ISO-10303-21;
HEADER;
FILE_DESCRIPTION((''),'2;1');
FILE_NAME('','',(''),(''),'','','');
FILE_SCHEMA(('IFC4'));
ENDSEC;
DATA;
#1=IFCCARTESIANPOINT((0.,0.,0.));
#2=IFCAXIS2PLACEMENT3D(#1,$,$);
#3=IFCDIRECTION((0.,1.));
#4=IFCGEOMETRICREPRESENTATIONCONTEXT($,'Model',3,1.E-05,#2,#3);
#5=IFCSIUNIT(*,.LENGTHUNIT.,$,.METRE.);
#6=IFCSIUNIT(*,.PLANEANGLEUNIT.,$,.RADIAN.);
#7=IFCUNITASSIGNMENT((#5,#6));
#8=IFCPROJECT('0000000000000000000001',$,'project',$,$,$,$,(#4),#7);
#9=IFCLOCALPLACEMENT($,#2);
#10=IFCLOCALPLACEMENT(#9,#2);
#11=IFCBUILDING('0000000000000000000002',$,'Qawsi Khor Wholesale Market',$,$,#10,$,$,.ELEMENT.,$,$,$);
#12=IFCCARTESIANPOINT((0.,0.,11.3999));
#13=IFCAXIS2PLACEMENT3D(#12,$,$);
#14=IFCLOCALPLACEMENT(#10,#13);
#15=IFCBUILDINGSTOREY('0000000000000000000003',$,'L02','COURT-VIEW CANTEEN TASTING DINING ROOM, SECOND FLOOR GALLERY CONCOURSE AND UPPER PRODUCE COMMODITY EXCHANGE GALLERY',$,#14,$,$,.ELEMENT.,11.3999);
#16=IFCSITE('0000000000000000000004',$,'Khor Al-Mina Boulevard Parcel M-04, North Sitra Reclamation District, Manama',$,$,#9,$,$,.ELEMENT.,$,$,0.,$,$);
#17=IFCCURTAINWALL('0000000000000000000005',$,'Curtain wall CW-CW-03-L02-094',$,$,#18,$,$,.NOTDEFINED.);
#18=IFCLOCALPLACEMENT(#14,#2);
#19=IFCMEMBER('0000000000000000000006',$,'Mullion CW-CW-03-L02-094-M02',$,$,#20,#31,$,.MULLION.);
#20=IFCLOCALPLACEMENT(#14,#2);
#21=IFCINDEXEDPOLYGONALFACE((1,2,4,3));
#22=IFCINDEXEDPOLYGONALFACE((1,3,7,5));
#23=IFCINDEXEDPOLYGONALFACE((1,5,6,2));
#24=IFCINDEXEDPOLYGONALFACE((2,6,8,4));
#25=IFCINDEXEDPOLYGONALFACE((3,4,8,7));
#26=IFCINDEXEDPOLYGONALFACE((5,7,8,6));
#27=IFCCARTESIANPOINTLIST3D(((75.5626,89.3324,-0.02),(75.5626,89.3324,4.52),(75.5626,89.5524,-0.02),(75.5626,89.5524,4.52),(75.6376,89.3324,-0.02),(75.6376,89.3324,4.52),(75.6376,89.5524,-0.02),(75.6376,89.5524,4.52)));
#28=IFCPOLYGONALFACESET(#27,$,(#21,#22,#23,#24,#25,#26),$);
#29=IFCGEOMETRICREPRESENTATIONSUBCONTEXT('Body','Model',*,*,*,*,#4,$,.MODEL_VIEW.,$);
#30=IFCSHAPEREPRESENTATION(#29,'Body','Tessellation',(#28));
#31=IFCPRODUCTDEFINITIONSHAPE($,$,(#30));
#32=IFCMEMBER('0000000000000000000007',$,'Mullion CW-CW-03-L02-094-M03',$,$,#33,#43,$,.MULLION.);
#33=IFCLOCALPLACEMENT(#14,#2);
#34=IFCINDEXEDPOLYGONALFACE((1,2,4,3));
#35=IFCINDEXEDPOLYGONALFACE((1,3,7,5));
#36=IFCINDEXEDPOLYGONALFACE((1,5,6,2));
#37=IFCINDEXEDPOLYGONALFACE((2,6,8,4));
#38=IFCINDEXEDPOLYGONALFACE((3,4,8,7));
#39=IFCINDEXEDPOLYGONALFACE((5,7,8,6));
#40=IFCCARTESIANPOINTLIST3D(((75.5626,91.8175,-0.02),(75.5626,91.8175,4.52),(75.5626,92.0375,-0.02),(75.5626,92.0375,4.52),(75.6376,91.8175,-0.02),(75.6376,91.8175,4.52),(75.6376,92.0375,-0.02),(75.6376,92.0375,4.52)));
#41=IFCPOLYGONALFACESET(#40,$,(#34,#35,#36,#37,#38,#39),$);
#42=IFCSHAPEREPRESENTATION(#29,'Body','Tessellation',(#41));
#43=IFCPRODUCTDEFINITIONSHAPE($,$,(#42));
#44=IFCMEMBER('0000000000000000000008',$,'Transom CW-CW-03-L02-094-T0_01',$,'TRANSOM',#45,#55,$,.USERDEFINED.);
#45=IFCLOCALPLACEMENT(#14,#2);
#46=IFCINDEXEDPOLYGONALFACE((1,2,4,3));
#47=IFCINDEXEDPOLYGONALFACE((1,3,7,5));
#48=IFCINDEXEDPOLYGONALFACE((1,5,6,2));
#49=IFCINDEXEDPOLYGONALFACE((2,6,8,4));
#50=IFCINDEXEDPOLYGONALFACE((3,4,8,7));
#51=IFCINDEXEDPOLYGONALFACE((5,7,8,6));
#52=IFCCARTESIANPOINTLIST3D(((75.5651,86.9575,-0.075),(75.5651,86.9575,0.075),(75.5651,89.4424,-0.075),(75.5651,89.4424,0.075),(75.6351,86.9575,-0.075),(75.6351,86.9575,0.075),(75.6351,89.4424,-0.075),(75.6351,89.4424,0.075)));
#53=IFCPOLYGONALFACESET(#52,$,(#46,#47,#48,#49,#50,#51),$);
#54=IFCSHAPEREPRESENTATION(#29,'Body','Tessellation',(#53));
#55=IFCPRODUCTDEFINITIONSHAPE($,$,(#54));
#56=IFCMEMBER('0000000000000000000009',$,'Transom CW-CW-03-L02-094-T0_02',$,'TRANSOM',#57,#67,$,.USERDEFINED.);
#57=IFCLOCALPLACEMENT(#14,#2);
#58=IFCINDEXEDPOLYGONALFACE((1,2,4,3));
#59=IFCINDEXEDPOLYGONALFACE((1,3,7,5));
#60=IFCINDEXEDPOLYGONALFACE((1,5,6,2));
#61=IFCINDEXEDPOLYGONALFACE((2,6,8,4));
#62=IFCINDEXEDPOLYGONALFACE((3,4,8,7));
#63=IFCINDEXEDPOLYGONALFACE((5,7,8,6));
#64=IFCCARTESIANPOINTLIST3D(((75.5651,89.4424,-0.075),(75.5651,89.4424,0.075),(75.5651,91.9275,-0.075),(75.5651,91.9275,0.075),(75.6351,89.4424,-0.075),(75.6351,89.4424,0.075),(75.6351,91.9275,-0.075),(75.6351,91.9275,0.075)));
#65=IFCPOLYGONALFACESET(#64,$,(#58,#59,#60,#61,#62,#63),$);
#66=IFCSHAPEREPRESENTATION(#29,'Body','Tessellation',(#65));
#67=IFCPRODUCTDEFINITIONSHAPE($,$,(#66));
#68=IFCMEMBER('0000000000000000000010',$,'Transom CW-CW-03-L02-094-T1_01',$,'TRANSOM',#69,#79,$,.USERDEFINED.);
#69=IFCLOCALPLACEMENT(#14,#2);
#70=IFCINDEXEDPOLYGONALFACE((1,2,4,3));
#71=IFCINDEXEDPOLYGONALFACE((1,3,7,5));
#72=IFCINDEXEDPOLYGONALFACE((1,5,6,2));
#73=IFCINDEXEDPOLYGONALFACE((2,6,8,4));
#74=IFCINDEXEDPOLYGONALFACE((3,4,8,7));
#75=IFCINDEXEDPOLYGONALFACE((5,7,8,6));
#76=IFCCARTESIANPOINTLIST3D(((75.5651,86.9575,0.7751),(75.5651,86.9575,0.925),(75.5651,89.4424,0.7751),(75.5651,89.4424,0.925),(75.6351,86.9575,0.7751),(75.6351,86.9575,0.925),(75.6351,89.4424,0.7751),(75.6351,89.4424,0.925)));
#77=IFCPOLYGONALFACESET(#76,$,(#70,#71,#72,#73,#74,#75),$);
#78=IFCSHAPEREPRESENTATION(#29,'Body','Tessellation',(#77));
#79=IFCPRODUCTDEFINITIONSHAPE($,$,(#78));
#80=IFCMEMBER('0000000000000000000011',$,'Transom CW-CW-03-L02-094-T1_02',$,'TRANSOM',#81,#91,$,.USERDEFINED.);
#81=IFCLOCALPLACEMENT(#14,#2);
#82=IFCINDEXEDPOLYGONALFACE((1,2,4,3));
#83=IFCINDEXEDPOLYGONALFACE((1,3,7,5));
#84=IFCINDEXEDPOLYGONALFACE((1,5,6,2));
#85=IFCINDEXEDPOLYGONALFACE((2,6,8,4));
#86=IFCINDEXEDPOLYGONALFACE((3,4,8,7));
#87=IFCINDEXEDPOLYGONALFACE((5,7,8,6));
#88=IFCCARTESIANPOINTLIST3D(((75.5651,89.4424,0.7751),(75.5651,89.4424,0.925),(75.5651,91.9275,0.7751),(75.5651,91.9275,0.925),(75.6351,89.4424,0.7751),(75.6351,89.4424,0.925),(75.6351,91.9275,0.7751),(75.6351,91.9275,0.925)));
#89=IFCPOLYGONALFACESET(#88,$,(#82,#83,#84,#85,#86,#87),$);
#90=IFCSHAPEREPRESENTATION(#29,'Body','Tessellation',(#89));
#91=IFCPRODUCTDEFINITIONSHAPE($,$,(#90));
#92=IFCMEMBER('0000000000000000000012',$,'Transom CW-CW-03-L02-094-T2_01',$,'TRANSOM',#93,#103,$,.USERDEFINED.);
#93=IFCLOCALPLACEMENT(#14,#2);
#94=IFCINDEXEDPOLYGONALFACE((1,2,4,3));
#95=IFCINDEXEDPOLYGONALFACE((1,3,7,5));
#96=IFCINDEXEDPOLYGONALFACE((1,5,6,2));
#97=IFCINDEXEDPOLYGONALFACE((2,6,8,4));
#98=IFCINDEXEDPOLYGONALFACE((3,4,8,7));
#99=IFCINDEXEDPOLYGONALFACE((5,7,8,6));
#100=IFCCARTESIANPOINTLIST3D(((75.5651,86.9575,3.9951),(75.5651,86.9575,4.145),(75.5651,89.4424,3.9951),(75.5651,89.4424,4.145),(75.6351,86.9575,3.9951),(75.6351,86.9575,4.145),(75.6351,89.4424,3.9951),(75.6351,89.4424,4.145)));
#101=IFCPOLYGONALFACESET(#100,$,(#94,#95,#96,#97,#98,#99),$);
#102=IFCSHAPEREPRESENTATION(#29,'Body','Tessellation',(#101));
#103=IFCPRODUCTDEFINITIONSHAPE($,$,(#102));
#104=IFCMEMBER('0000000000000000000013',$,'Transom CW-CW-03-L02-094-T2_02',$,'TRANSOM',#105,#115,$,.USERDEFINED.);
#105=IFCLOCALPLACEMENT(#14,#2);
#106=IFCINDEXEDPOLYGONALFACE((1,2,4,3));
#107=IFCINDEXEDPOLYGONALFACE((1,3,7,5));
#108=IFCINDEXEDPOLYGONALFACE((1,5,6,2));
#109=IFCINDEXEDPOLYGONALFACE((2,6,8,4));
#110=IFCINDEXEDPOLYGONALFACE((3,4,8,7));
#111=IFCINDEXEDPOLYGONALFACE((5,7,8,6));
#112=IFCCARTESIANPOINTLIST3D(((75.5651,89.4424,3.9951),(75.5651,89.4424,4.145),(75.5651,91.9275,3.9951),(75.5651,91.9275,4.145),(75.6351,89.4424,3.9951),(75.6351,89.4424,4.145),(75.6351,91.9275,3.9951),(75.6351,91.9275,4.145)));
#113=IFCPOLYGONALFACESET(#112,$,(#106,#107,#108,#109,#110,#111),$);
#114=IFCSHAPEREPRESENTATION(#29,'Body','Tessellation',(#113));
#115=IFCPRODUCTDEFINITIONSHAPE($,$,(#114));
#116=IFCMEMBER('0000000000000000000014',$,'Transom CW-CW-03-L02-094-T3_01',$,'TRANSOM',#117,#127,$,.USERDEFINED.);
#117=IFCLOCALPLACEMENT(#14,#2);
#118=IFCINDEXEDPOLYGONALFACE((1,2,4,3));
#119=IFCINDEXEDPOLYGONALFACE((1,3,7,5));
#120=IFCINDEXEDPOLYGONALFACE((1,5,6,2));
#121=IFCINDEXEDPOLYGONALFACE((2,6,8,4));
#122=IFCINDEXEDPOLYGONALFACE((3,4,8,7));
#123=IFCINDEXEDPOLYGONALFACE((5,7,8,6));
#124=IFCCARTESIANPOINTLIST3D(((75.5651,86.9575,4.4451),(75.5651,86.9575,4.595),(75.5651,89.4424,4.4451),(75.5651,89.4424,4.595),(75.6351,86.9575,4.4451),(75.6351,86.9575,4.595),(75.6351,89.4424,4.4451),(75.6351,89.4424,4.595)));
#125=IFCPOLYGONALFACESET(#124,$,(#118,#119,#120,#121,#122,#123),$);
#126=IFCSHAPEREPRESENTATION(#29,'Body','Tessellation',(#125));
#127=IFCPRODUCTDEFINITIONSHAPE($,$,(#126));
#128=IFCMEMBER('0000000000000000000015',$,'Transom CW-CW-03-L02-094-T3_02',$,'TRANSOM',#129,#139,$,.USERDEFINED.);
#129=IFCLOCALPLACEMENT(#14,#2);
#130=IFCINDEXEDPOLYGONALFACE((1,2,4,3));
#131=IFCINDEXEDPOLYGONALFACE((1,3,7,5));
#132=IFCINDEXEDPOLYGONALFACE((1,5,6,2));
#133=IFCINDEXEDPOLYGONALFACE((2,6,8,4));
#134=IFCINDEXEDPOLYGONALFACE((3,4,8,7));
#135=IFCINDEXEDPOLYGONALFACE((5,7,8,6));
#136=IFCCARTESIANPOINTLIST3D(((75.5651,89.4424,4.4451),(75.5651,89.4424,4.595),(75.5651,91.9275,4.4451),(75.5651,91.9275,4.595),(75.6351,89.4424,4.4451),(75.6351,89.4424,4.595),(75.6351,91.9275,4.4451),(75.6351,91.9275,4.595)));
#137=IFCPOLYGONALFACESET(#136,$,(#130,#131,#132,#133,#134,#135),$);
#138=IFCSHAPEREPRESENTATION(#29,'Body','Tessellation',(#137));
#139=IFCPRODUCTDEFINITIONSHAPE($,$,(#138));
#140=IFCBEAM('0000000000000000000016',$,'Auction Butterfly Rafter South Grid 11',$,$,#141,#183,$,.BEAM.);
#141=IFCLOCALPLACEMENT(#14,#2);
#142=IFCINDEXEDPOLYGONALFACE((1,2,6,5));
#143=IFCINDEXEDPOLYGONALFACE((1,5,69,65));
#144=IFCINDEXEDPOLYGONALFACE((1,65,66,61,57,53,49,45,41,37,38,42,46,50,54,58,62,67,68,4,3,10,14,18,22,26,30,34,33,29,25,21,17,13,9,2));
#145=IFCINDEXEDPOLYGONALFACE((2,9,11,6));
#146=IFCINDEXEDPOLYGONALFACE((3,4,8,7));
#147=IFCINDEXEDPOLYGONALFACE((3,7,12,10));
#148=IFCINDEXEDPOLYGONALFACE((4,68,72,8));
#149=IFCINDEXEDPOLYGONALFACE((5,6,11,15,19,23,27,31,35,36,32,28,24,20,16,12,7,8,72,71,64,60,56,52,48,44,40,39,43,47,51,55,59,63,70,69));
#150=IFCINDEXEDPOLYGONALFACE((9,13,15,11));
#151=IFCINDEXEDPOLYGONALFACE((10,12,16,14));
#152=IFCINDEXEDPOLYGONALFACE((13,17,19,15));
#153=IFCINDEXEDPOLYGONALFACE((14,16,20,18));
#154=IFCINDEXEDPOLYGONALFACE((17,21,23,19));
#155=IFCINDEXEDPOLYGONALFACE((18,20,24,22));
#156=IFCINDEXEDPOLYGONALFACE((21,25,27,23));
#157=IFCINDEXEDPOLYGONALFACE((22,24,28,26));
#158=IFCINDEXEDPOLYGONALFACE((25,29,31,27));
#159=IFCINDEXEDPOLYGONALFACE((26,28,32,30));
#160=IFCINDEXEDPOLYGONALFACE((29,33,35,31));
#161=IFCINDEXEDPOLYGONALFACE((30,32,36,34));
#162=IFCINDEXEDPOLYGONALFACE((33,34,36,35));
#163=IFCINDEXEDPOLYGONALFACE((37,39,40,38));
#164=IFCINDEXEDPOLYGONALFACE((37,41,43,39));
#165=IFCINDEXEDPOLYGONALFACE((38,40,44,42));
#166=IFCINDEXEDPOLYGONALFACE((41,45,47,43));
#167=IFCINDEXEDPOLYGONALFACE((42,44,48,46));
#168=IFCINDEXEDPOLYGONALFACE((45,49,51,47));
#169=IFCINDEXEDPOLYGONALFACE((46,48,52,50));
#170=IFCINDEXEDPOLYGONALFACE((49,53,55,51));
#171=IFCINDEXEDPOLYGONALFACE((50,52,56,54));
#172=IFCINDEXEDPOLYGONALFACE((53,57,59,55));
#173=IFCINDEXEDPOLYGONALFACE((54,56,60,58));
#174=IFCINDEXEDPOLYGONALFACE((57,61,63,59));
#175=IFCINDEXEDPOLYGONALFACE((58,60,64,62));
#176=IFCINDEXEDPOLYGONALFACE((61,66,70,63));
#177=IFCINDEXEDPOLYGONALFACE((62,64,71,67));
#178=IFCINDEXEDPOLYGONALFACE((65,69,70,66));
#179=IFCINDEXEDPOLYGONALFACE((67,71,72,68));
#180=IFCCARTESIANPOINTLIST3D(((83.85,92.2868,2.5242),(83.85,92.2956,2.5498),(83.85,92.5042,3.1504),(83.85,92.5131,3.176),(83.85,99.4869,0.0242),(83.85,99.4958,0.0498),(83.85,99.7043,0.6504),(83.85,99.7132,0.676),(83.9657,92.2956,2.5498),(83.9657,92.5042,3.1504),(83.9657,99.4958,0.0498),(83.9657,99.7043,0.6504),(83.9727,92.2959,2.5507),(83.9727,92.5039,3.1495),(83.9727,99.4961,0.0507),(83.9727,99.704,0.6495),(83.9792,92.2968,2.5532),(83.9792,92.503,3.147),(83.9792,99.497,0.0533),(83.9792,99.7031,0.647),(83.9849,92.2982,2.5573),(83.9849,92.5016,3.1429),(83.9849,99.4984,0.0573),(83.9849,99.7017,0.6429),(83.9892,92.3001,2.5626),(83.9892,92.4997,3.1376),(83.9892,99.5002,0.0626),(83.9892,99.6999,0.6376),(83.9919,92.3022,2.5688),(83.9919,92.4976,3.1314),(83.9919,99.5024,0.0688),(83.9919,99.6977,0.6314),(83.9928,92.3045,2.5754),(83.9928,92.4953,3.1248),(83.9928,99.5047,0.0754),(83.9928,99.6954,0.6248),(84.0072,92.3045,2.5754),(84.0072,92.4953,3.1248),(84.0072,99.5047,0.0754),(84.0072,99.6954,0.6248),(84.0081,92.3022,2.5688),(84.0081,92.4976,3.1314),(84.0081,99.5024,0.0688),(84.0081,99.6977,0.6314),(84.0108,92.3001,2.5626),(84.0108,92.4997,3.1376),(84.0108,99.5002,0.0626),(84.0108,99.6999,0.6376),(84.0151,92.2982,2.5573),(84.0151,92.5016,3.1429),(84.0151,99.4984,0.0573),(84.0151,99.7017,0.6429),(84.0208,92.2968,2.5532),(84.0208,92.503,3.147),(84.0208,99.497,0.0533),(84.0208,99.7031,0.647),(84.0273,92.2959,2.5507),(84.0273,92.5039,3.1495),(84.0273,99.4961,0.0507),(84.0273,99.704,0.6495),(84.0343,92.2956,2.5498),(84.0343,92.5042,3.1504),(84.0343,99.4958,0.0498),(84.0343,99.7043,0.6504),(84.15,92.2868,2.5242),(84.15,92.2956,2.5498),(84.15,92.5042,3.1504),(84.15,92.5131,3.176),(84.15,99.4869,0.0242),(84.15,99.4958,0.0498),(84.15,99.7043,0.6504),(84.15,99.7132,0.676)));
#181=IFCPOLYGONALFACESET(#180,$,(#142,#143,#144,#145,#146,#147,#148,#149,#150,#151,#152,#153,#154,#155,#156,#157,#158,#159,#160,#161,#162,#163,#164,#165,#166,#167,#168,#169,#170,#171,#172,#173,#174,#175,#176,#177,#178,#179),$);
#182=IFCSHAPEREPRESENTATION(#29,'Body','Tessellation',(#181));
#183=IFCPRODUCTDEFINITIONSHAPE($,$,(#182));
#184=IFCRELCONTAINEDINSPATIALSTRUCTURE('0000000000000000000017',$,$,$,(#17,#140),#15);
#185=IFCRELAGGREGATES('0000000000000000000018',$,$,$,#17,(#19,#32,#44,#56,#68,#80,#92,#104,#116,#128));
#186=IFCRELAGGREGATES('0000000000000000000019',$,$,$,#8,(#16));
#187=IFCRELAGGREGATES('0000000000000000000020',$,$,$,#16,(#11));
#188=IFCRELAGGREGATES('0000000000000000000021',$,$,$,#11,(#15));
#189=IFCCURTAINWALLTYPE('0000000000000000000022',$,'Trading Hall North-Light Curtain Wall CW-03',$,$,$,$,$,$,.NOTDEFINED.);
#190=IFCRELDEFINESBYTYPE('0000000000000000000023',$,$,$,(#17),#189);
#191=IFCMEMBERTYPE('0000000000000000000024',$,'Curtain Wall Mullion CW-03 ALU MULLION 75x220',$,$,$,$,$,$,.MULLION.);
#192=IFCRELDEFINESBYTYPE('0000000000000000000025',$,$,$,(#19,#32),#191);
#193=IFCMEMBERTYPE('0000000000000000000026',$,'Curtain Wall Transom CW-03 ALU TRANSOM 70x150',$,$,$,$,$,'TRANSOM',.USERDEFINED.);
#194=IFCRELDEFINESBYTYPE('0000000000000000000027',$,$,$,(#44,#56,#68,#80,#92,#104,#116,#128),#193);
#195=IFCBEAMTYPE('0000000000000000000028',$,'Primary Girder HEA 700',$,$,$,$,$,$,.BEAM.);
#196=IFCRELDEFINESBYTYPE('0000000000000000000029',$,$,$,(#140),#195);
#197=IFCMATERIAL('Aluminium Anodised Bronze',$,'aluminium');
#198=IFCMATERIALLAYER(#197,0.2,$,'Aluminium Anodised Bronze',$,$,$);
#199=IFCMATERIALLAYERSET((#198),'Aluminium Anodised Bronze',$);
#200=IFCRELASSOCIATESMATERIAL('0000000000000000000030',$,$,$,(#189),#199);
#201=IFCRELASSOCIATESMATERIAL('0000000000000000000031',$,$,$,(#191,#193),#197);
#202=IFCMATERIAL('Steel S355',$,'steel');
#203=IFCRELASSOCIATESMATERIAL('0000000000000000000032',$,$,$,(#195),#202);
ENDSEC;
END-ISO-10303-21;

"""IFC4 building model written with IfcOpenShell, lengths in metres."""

from ifc_helpers import new_model, si_unit, direction, frame, origin, origin_2d, place, context, subcontext, project, spatial, rectangle, i_section, extrude, material, layer, layer_set, material_profile, profile_set, type_object, element, aggregate, save


model = new_model("IFC4")

# Units and contexts
model_context = context("Model", 3, precision=1e-05, world=origin(), true_north=direction((0.0, 1.0)))
body_context = subcontext(model_context, "Body", "Model", "MODEL_VIEW")
ifc_project = project(units=[si_unit("LENGTHUNIT", "METRE"), si_unit("PLANEANGLEUNIT", "RADIAN")], contexts=[model_context])

# Site, building, storey
site_placement = place(None, origin())
site = spatial("IfcSite", under=ifc_project, at=site_placement, Name="Khor Al-Mina Boulevard Parcel M-04, North Sitra Reclamation District, Manama", CompositionType="ELEMENT", RefElevation=0.0)
building_placement = place(site_placement, origin())
building = spatial("IfcBuilding", under=site, at=building_placement, Name="Qawsi Khor Wholesale Market", CompositionType="ELEMENT")
storey_placement = place(building_placement, frame((0.0, 0.0, 11.3999)))
storey = spatial("IfcBuildingStorey", under=building, at=storey_placement, Name="L02", Description="COURT-VIEW CANTEEN TASTING DINING ROOM, SECOND FLOOR GALLERY CONCOURSE AND UPPER PRODUCE COMMODITY EXCHANGE GALLERY", CompositionType="ELEMENT", Elevation=11.3999)

# Curtain wall, members
ifc_material_1 = material(Name="Aluminium Anodised Bronze", Category="aluminium")
ifc_layer_1 = layer(ifc_material_1, 0.2, Name="Aluminium Anodised Bronze")
ifc_layer_set_1 = layer_set([ifc_layer_1], Name="Aluminium Anodised Bronze")
curtain_wall_type = type_object("IfcCurtainWallType", Name="Trading Hall North-Light Curtain Wall CW-03", PredefinedType="NOTDEFINED", material=ifc_layer_set_1)
curtain_wall_placement = place(storey_placement, origin())
curtain_wall = element("IfcCurtainWall", 1, at=curtain_wall_placement, inside=storey, type_object=curtain_wall_type, Name="Curtain wall CW-CW-03-L02-094", PredefinedType="NOTDEFINED")
ifc_material_profile_1 = material_profile(ifc_material_1, rectangle(XDim=0.075, YDim=0.22, at=origin_2d()), Name="ALU MULLION 75x220")
ifc_profile_set_1 = profile_set([ifc_material_profile_1], Name="Aluminium Anodised Bronze")
member_type_1 = type_object("IfcMemberType", Name="Curtain Wall Mullion CW-03 ALU MULLION 75x220", PredefinedType="MULLION", material=ifc_profile_set_1)
member_1_placement = place(storey_placement, frame((75.6001, 89.4424, -0.02), z_axis=(0.0, 0.0, 1.0), x_axis=(1.0, 0.0, 0.0)))
member_1 = element("IfcMember", 2, at=member_1_placement, type_object=member_type_1, Name="Mullion CW-CW-03-L02-094-M02", PredefinedType="MULLION", context=body_context, shape_type="SweptSolid", body=[
    extrude(rectangle(XDim=0.075, YDim=0.22, at=origin_2d()), origin(), (0.0, 0.0, 1.0), 4.54),
])
member_2_placement = place(storey_placement, frame((75.6001, 91.9275, -0.02), z_axis=(0.0, 0.0, 1.0), x_axis=(1.0, 0.0, 0.0)))
member_2 = element("IfcMember", 3, at=member_2_placement, type_object=member_type_1, Name="Mullion CW-CW-03-L02-094-M03", PredefinedType="MULLION", context=body_context, shape_type="SweptSolid", body=[
    extrude(rectangle(XDim=0.075, YDim=0.22, at=origin_2d()), origin(), (0.0, 0.0, 1.0), 4.54),
])
ifc_material_profile_2 = material_profile(ifc_material_1, rectangle(XDim=0.0701, YDim=0.1499, at=origin_2d()), Name="ALU TRANSOM 70x150")
ifc_profile_set_2 = profile_set([ifc_material_profile_2], Name="Aluminium Anodised Bronze")
member_type_2 = type_object("IfcMemberType", Name="Curtain Wall Transom CW-03 ALU TRANSOM 70x150", ElementType="TRANSOM", PredefinedType="USERDEFINED", material=ifc_profile_set_2)
member_3_placement = place(storey_placement, frame((75.6001, 86.9575, 0.0), z_axis=(0.0, 1.0, 0.0), x_axis=(-1.0, 0.0, 0.0)))
member_3 = element("IfcMember", 4, at=member_3_placement, type_object=member_type_2, Name="Transom CW-CW-03-L02-094-T0_01", ObjectType="TRANSOM", PredefinedType="USERDEFINED", context=body_context, shape_type="SweptSolid", body=[
    extrude(rectangle(XDim=0.0701, YDim=0.1499, at=origin_2d()), origin(), (0.0, 0.0, 1.0), 2.4849),
])
member_4_placement = place(storey_placement, frame((75.6001, 89.4424, 0.0), z_axis=(0.0, 1.0, 0.0), x_axis=(-1.0, 0.0, 0.0)))
member_4 = element("IfcMember", 5, at=member_4_placement, type_object=member_type_2, Name="Transom CW-CW-03-L02-094-T0_02", ObjectType="TRANSOM", PredefinedType="USERDEFINED", context=body_context, shape_type="SweptSolid", body=[
    extrude(rectangle(XDim=0.0701, YDim=0.1499, at=origin_2d()), origin(), (0.0, 0.0, 1.0), 2.4851),
])
member_5_placement = place(storey_placement, frame((75.6001, 86.9575, 0.8501), z_axis=(0.0, 1.0, 0.0), x_axis=(-1.0, 0.0, 0.0)))
member_5 = element("IfcMember", 6, at=member_5_placement, type_object=member_type_2, Name="Transom CW-CW-03-L02-094-T1_01", ObjectType="TRANSOM", PredefinedType="USERDEFINED", context=body_context, shape_type="SweptSolid", body=[
    extrude(rectangle(XDim=0.0701, YDim=0.1499, at=origin_2d()), origin(), (0.0, 0.0, 1.0), 2.4849),
])
member_6_placement = place(storey_placement, frame((75.6001, 89.4424, 0.8501), z_axis=(0.0, 1.0, 0.0), x_axis=(-1.0, 0.0, 0.0)))
member_6 = element("IfcMember", 7, at=member_6_placement, type_object=member_type_2, Name="Transom CW-CW-03-L02-094-T1_02", ObjectType="TRANSOM", PredefinedType="USERDEFINED", context=body_context, shape_type="SweptSolid", body=[
    extrude(rectangle(XDim=0.0701, YDim=0.1499, at=origin_2d()), origin(), (0.0, 0.0, 1.0), 2.4851),
])
member_7_placement = place(storey_placement, frame((75.6001, 86.9575, 4.0701), z_axis=(0.0, 1.0, 0.0), x_axis=(-1.0, 0.0, 0.0)))
member_7 = element("IfcMember", 8, at=member_7_placement, type_object=member_type_2, Name="Transom CW-CW-03-L02-094-T2_01", ObjectType="TRANSOM", PredefinedType="USERDEFINED", context=body_context, shape_type="SweptSolid", body=[
    extrude(rectangle(XDim=0.0701, YDim=0.1499, at=origin_2d()), origin(), (0.0, 0.0, 1.0), 2.4849),
])
member_8_placement = place(storey_placement, frame((75.6001, 89.4424, 4.0701), z_axis=(0.0, 1.0, 0.0), x_axis=(-1.0, 0.0, 0.0)))
member_8 = element("IfcMember", 9, at=member_8_placement, type_object=member_type_2, Name="Transom CW-CW-03-L02-094-T2_02", ObjectType="TRANSOM", PredefinedType="USERDEFINED", context=body_context, shape_type="SweptSolid", body=[
    extrude(rectangle(XDim=0.0701, YDim=0.1499, at=origin_2d()), origin(), (0.0, 0.0, 1.0), 2.4851),
])
member_9_placement = place(storey_placement, frame((75.6001, 86.9575, 4.52), z_axis=(0.0, 1.0, 0.0), x_axis=(-1.0, 0.0, 0.0)))
member_9 = element("IfcMember", 10, at=member_9_placement, type_object=member_type_2, Name="Transom CW-CW-03-L02-094-T3_01", ObjectType="TRANSOM", PredefinedType="USERDEFINED", context=body_context, shape_type="SweptSolid", body=[
    extrude(rectangle(XDim=0.0701, YDim=0.1499, at=origin_2d()), origin(), (0.0, 0.0, 1.0), 2.4849),
])
member_10_placement = place(storey_placement, frame((75.6001, 89.4424, 4.52), z_axis=(0.0, 1.0, 0.0), x_axis=(-1.0, 0.0, 0.0)))
member_10 = element("IfcMember", 11, at=member_10_placement, type_object=member_type_2, Name="Transom CW-CW-03-L02-094-T3_02", ObjectType="TRANSOM", PredefinedType="USERDEFINED", context=body_context, shape_type="SweptSolid", body=[
    extrude(rectangle(XDim=0.0701, YDim=0.1499, at=origin_2d()), origin(), (0.0, 0.0, 1.0), 2.4851),
])

# Beam
ifc_material_2 = material(Name="Steel S355", Category="steel")
ifc_material_profile_3 = material_profile(ifc_material_2, i_section(OverallWidth=0.3, OverallDepth=0.6899, WebThickness=0.0144, FlangeThickness=0.0271, FilletRadius=0.0271, at=origin_2d()), Name="HEA 700")
ifc_profile_set_3 = profile_set([ifc_material_profile_3], Name="Steel S355")
beam_type = type_object("IfcBeamType", Name="Primary Girder HEA 700", PredefinedType="BEAM", material=ifc_profile_set_3)
for number, where, z_axis, x_axis, name in (
    (12, (84.0, 92.3999, 2.8501), (0.0, 0.944676, -0.328004), (-1.0, 0.0, 0.0), "Auction Butterfly Rafter South Grid 11"),
):
    element("IfcBeam", number, at=place(storey_placement, frame(where, z_axis=z_axis, x_axis=x_axis)), inside=storey, type_object=beam_type, Name=name, PredefinedType="BEAM", context=body_context, shape_type="SweptSolid", body=[
        extrude(i_section(OverallWidth=0.3, OverallDepth=0.6899, WebThickness=0.0144, FlangeThickness=0.0271, FilletRadius=0.0271, at=origin_2d()), origin(), (0.0, 0.0, 1.0), 7.6218),
    ])

aggregate(curtain_wall, [member_1, member_2, member_3, member_4, member_5, member_6, member_7, member_8, member_9, member_10])

save(model, "model.ifc")
